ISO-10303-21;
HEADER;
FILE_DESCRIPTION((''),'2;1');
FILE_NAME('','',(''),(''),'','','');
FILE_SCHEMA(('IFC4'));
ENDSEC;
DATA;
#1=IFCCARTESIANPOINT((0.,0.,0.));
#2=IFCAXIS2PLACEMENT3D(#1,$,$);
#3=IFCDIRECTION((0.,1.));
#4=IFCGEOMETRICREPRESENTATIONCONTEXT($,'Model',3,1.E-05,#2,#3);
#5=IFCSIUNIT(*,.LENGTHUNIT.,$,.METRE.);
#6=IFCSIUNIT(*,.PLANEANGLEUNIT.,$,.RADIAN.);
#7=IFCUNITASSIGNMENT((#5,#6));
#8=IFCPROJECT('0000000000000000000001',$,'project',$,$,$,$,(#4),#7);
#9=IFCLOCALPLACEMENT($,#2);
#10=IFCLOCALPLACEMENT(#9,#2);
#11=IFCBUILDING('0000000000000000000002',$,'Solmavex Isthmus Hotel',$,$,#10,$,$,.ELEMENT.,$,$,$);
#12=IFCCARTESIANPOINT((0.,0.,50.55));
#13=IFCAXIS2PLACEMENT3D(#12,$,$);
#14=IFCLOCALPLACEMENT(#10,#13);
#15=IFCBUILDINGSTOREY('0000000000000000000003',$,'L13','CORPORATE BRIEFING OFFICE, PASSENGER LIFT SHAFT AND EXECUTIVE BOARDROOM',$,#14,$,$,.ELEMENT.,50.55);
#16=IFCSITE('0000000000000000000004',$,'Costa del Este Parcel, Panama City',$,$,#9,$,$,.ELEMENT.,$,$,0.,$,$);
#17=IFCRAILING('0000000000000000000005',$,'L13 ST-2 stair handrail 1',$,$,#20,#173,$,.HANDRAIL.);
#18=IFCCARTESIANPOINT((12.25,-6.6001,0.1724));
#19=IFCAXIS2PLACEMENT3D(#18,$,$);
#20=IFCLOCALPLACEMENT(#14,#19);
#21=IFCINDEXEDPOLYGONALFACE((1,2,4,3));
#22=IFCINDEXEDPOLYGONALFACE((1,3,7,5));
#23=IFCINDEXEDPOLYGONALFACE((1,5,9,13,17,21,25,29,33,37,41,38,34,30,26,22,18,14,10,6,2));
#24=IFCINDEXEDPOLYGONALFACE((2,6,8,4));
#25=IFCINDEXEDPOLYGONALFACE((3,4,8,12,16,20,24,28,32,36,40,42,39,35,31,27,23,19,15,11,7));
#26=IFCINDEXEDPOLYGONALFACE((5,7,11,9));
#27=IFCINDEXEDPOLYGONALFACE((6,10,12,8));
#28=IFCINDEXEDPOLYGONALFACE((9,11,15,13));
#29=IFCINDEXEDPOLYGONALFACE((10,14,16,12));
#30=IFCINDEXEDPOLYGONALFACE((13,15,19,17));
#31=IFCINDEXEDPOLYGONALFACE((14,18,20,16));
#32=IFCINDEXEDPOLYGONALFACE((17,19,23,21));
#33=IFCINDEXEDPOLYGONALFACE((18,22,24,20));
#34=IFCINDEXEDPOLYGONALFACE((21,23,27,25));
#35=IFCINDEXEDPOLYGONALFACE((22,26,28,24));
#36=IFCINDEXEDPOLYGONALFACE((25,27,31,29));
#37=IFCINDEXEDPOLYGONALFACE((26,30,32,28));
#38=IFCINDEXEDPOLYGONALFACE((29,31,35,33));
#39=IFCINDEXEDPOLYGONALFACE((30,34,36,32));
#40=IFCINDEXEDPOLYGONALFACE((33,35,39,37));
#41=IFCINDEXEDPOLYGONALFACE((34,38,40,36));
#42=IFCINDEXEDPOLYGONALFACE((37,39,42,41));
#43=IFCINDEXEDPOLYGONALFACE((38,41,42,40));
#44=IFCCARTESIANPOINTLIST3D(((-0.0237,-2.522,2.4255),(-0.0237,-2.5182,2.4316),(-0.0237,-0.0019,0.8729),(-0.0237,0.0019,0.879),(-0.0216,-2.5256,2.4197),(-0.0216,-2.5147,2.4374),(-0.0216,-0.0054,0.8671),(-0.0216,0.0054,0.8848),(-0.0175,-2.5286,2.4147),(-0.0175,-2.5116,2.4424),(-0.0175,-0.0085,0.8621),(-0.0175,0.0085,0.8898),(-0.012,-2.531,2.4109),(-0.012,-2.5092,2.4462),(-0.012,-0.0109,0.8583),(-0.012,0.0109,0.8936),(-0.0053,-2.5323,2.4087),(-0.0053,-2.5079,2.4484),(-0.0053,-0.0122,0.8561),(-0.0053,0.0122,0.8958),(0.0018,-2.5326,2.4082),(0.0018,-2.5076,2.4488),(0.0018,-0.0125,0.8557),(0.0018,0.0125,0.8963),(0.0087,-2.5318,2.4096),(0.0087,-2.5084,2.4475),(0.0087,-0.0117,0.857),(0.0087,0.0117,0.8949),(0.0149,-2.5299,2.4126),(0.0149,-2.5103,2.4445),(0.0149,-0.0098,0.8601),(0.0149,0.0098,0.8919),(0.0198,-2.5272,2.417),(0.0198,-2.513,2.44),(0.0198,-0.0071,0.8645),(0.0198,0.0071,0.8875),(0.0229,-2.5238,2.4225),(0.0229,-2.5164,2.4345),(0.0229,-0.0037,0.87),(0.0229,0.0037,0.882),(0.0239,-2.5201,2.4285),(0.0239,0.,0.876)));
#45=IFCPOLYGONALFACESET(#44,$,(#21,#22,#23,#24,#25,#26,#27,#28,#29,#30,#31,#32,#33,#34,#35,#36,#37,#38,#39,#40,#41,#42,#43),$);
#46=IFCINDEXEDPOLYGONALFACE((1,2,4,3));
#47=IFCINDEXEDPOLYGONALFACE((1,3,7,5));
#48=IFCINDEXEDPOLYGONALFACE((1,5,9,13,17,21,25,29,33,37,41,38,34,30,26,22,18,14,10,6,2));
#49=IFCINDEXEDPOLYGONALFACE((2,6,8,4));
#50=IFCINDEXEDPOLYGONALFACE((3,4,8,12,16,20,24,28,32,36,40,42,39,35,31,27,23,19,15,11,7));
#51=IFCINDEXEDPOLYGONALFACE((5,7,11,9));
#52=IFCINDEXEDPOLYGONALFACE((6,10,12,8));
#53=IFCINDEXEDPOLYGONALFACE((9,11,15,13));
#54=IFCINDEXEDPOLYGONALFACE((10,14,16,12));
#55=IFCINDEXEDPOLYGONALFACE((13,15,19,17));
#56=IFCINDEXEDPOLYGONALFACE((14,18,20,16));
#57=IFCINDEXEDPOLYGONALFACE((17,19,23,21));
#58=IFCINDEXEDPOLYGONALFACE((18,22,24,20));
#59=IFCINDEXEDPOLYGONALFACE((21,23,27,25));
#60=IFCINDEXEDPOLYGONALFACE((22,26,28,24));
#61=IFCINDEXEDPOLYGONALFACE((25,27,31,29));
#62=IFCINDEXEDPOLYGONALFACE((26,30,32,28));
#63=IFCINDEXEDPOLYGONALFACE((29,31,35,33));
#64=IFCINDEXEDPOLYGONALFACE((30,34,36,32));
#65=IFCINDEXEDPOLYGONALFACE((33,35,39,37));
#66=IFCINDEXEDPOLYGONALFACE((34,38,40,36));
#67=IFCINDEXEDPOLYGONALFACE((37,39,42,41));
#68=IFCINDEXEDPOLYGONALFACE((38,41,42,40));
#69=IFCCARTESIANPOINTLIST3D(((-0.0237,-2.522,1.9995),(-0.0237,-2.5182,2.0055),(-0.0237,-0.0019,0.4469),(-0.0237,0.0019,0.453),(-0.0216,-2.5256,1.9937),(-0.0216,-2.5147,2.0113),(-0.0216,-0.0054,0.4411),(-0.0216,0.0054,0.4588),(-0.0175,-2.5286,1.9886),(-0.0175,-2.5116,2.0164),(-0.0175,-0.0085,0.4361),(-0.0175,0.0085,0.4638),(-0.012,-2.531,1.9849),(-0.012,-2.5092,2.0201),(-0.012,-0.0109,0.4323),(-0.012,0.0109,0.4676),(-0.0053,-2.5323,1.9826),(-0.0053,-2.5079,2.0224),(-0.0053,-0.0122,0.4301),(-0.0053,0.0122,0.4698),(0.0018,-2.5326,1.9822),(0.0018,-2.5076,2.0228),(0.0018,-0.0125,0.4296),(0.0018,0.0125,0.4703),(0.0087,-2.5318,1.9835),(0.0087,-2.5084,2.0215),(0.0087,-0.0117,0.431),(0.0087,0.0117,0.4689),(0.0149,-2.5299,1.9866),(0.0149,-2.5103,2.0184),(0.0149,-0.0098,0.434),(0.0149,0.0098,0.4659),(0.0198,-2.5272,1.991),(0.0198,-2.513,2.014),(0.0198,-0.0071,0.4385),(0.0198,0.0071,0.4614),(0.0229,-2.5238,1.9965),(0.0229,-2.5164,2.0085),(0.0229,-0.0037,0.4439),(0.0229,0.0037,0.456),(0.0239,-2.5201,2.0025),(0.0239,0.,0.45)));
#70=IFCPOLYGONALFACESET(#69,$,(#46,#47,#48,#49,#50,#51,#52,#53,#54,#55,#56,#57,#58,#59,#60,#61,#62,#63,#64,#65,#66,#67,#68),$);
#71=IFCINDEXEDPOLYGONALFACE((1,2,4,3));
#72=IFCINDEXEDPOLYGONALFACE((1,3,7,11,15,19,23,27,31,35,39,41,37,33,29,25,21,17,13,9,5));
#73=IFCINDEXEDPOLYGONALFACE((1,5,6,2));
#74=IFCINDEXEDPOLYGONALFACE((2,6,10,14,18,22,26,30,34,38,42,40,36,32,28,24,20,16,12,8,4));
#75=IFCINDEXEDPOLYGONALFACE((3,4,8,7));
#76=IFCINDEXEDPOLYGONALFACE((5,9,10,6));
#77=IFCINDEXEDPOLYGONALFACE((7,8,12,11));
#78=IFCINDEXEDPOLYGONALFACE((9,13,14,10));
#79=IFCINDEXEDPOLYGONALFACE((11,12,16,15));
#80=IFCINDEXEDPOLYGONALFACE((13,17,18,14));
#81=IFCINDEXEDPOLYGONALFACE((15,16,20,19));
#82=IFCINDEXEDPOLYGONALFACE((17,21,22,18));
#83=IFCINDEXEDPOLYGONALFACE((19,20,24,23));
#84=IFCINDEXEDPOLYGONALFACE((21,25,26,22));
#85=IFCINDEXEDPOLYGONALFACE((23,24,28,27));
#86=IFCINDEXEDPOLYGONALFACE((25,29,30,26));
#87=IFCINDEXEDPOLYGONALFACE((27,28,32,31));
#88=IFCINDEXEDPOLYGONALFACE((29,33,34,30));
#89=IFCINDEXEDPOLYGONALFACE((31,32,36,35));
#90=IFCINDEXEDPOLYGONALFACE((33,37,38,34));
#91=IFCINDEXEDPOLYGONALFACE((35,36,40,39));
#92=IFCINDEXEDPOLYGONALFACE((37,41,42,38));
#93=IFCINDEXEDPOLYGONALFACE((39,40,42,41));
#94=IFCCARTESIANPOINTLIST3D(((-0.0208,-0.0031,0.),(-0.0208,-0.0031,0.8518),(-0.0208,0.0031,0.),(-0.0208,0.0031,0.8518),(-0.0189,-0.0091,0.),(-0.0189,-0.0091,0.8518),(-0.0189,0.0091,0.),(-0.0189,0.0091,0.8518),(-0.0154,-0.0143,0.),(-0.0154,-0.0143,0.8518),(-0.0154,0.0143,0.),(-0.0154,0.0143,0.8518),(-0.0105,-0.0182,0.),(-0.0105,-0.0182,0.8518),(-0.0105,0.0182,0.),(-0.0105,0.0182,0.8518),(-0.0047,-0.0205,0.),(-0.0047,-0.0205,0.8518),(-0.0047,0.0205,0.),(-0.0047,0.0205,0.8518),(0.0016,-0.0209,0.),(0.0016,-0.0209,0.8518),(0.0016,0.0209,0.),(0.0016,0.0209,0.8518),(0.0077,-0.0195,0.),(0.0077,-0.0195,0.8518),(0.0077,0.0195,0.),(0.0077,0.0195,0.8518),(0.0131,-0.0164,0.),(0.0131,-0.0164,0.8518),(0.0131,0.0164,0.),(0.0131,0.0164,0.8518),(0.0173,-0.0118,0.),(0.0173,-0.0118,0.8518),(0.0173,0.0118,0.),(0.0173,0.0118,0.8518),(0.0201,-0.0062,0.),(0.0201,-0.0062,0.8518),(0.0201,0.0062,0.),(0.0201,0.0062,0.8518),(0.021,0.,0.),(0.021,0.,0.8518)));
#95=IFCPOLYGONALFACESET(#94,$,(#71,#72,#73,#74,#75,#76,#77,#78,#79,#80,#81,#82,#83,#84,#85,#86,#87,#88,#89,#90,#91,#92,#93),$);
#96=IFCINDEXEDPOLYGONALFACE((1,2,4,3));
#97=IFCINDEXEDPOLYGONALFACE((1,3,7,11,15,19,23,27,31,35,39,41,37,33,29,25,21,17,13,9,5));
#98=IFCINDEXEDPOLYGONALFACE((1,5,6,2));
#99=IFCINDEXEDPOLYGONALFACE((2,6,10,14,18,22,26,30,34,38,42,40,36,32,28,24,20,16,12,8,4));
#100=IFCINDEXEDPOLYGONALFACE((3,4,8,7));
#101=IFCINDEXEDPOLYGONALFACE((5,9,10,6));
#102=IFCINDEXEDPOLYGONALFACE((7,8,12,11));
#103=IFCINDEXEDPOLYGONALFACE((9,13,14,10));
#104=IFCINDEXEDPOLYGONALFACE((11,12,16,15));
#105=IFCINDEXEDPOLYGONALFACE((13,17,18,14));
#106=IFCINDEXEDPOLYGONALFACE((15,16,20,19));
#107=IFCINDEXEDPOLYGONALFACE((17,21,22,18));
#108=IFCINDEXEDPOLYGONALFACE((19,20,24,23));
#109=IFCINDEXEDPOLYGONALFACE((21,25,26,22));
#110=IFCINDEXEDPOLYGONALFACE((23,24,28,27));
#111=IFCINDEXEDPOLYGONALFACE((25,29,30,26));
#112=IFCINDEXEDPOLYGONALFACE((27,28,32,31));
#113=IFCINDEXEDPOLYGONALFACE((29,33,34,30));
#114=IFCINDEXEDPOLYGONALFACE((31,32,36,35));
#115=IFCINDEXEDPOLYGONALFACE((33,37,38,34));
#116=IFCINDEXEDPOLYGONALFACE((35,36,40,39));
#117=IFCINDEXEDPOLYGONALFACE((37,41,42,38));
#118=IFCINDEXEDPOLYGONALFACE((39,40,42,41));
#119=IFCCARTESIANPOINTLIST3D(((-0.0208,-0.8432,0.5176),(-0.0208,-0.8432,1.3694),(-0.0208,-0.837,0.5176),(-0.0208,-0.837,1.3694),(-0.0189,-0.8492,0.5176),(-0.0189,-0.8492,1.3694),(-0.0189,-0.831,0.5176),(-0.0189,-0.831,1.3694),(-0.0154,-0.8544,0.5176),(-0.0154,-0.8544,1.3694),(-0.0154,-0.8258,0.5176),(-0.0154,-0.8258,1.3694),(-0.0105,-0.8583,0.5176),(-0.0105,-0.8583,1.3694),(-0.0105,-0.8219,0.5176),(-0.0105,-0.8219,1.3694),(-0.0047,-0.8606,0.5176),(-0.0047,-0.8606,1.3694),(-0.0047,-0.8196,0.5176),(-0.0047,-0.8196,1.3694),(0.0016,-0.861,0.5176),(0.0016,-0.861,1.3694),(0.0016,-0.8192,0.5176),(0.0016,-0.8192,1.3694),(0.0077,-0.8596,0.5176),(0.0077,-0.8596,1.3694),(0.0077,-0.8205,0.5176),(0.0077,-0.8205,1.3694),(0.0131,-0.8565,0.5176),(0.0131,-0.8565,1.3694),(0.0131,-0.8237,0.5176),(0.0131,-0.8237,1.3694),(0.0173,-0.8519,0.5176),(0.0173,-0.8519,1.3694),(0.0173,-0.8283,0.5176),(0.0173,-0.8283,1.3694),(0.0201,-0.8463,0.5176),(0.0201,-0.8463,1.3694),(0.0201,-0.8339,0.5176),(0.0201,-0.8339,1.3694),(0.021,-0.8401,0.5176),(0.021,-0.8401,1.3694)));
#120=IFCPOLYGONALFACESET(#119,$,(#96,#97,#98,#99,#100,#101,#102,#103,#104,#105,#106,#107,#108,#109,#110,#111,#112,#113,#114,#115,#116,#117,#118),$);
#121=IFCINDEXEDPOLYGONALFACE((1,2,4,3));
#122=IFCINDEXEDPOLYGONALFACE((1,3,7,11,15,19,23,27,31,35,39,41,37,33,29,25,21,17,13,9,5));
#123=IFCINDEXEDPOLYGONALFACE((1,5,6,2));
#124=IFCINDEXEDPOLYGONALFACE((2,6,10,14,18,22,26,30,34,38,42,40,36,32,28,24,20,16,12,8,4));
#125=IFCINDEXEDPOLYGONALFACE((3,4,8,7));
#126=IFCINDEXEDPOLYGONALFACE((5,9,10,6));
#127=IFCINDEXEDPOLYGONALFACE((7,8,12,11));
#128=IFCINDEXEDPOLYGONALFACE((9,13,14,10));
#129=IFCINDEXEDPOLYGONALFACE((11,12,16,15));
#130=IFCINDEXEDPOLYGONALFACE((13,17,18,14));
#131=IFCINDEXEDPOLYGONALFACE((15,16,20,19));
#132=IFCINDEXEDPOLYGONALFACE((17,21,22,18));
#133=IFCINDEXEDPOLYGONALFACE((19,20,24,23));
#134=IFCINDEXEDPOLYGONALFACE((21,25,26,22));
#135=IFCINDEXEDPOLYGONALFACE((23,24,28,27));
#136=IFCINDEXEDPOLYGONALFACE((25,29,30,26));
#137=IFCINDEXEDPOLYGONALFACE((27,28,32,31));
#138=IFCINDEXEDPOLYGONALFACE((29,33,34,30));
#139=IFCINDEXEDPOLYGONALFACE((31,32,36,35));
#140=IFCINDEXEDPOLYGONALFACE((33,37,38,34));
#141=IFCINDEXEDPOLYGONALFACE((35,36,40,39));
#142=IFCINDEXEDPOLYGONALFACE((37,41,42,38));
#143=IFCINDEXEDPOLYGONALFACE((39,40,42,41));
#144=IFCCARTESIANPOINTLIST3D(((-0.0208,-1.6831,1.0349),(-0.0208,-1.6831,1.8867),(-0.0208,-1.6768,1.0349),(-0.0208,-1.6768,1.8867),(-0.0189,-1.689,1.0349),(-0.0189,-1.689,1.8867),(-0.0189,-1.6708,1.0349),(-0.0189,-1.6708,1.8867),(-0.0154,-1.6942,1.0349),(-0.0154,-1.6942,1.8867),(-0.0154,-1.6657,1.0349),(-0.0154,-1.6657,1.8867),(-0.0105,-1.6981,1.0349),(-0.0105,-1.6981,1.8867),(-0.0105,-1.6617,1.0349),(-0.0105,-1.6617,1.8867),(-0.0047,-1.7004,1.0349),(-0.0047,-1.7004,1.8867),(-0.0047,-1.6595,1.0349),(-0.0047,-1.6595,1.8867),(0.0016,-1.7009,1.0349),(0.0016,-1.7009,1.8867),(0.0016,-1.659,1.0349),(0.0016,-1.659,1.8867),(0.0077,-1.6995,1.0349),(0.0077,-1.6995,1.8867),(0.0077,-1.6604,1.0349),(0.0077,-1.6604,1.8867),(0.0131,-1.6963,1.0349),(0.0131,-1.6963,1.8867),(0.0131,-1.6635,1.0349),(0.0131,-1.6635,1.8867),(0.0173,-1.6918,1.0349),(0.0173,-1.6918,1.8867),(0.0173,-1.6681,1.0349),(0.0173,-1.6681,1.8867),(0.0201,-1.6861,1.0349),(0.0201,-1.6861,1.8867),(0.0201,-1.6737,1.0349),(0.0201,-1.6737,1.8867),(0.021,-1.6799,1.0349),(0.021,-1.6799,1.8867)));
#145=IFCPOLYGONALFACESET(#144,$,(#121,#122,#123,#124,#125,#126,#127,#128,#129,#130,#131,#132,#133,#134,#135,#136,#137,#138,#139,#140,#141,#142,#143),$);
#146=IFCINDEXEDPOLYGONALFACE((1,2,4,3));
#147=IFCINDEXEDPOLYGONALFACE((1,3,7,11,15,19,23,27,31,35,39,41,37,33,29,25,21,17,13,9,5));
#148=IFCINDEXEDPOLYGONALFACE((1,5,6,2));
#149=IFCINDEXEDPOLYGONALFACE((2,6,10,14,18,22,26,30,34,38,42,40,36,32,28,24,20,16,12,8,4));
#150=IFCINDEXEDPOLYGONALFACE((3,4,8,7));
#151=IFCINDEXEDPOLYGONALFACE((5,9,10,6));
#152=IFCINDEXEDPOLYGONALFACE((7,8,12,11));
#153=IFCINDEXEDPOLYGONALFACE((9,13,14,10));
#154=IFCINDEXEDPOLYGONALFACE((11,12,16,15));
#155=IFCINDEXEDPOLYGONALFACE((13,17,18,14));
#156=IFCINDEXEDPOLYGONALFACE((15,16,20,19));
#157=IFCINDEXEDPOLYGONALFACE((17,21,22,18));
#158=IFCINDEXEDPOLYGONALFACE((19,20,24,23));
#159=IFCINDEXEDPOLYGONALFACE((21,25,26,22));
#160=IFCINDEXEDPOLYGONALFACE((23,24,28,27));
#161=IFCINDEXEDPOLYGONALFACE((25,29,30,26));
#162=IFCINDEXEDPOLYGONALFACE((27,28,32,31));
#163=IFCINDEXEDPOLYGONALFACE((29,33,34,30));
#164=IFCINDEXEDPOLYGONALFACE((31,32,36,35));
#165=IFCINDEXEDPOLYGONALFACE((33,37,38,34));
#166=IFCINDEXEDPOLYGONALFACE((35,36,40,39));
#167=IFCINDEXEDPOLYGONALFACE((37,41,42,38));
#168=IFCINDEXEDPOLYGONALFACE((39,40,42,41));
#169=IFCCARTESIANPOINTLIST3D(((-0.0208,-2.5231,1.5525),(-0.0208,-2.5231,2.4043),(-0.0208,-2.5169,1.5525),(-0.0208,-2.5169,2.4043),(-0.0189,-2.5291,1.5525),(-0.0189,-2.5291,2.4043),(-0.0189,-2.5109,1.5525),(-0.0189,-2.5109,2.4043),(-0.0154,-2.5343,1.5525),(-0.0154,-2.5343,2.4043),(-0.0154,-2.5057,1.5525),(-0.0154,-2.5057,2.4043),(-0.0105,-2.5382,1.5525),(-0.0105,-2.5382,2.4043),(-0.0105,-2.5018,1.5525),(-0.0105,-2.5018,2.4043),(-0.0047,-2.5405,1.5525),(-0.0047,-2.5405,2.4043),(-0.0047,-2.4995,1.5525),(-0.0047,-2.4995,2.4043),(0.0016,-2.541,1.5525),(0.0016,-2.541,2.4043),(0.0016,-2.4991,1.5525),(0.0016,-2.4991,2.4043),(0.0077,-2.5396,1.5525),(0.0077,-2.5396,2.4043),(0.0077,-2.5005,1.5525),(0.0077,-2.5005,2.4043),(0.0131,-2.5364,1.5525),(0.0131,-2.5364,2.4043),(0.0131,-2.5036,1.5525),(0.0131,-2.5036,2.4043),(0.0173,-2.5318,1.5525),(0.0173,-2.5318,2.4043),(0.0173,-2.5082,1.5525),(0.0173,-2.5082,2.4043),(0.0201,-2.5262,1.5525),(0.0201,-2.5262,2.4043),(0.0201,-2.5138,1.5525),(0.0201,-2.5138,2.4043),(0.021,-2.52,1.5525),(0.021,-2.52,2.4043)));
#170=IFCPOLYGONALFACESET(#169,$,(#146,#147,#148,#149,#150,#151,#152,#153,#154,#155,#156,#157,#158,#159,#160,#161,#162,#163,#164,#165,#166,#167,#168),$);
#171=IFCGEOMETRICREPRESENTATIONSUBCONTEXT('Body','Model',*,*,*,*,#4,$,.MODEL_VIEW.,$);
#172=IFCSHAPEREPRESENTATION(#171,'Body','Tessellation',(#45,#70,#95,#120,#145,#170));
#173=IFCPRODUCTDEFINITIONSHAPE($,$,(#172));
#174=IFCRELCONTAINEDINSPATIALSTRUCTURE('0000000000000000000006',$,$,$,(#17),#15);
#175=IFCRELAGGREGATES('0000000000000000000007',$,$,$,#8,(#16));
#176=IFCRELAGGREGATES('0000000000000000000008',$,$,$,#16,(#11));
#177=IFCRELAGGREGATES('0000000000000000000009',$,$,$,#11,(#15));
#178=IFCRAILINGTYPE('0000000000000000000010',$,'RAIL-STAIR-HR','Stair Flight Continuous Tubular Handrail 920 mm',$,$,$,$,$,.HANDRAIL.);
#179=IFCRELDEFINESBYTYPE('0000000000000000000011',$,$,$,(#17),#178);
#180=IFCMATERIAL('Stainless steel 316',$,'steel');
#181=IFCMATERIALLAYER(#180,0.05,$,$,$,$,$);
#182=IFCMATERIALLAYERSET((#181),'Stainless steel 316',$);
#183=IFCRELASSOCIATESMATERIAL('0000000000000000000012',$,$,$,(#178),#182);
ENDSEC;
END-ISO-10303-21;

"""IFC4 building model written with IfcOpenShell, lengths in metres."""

from ifc_helpers import new_model, si_unit, direction, frame, origin, origin_2d, place, context, subcontext, project, spatial, circle, extrude, material, layer, layer_set, type_object, element, save


model = new_model("IFC4")

# Units and contexts
model_context = context("Model", 3, precision=1e-05, world=origin(), true_north=direction((0.0, 1.0)))
body_context = subcontext(model_context, "Body", "Model", "MODEL_VIEW")
ifc_project = project(units=[si_unit("LENGTHUNIT", "METRE"), si_unit("PLANEANGLEUNIT", "RADIAN")], contexts=[model_context])

# Site, building, storey
site_placement = place(None, origin())
site = spatial("IfcSite", under=ifc_project, at=site_placement, Name="Costa del Este Parcel, Panama City", CompositionType="ELEMENT", RefElevation=0.0)
building_placement = place(site_placement, origin())
building = spatial("IfcBuilding", under=site, at=building_placement, Name="Solmavex Isthmus Hotel", CompositionType="ELEMENT")
storey_placement = place(building_placement, frame((0.0, 0.0, 50.55)))
storey = spatial("IfcBuildingStorey", under=building, at=storey_placement, Name="L13", Description="CORPORATE BRIEFING OFFICE, PASSENGER LIFT SHAFT AND EXECUTIVE BOARDROOM", CompositionType="ELEMENT", Elevation=50.55)

# Railing
ifc_material_1 = material(Name="Stainless steel 316", Category="steel")
ifc_layer_1 = layer(ifc_material_1, 0.05)
ifc_layer_set_1 = layer_set([ifc_layer_1], Name="Stainless steel 316")
railing_type_1 = type_object("IfcRailingType", Name="RAIL-STAIR-HR", Description="Stair Flight Continuous Tubular Handrail 920 mm", PredefinedType="HANDRAIL", material=ifc_layer_set_1)
railing_1_placement = place(storey_placement, frame((12.25, -6.6001, 0.1724)))
element("IfcRailing", 1, at=railing_1_placement, inside=storey, type_object=railing_type_1, Name="L13 ST-2 stair handrail 1", PredefinedType="HANDRAIL", context=body_context, shape_type="SweptSolid", body=[
    extrude(circle(Radius=0.0239, at=origin_2d()), frame((0.0, 0.0, 0.876), z_axis=(0.0, -0.8514, 0.524516), x_axis=(1.0, 0.0, 0.0)), (0.0, 0.0, 1.0), 2.96),
    extrude(circle(Radius=0.0239, at=origin_2d()), frame((0.0, 0.0, 0.45), z_axis=(0.0, -0.8514, 0.524516), x_axis=(1.0, 0.0, 0.0)), (0.0, 0.0, 1.0), 2.96),
    extrude(circle(Radius=0.021, at=origin_2d()), origin(), (0.0, 0.0, 1.0), 0.8518),
    extrude(circle(Radius=0.021, at=origin_2d()), frame((0.0, -0.8401, 0.5176)), (0.0, 0.0, 1.0), 0.8518),
    extrude(circle(Radius=0.021, at=origin_2d()), frame((0.0, -1.6799, 1.0349)), (0.0, 0.0, 1.0), 0.8518),
    extrude(circle(Radius=0.021, at=origin_2d()), frame((0.0, -2.52, 1.5525)), (0.0, 0.0, 1.0), 0.8518),
])

save(model, "model.ifc")
